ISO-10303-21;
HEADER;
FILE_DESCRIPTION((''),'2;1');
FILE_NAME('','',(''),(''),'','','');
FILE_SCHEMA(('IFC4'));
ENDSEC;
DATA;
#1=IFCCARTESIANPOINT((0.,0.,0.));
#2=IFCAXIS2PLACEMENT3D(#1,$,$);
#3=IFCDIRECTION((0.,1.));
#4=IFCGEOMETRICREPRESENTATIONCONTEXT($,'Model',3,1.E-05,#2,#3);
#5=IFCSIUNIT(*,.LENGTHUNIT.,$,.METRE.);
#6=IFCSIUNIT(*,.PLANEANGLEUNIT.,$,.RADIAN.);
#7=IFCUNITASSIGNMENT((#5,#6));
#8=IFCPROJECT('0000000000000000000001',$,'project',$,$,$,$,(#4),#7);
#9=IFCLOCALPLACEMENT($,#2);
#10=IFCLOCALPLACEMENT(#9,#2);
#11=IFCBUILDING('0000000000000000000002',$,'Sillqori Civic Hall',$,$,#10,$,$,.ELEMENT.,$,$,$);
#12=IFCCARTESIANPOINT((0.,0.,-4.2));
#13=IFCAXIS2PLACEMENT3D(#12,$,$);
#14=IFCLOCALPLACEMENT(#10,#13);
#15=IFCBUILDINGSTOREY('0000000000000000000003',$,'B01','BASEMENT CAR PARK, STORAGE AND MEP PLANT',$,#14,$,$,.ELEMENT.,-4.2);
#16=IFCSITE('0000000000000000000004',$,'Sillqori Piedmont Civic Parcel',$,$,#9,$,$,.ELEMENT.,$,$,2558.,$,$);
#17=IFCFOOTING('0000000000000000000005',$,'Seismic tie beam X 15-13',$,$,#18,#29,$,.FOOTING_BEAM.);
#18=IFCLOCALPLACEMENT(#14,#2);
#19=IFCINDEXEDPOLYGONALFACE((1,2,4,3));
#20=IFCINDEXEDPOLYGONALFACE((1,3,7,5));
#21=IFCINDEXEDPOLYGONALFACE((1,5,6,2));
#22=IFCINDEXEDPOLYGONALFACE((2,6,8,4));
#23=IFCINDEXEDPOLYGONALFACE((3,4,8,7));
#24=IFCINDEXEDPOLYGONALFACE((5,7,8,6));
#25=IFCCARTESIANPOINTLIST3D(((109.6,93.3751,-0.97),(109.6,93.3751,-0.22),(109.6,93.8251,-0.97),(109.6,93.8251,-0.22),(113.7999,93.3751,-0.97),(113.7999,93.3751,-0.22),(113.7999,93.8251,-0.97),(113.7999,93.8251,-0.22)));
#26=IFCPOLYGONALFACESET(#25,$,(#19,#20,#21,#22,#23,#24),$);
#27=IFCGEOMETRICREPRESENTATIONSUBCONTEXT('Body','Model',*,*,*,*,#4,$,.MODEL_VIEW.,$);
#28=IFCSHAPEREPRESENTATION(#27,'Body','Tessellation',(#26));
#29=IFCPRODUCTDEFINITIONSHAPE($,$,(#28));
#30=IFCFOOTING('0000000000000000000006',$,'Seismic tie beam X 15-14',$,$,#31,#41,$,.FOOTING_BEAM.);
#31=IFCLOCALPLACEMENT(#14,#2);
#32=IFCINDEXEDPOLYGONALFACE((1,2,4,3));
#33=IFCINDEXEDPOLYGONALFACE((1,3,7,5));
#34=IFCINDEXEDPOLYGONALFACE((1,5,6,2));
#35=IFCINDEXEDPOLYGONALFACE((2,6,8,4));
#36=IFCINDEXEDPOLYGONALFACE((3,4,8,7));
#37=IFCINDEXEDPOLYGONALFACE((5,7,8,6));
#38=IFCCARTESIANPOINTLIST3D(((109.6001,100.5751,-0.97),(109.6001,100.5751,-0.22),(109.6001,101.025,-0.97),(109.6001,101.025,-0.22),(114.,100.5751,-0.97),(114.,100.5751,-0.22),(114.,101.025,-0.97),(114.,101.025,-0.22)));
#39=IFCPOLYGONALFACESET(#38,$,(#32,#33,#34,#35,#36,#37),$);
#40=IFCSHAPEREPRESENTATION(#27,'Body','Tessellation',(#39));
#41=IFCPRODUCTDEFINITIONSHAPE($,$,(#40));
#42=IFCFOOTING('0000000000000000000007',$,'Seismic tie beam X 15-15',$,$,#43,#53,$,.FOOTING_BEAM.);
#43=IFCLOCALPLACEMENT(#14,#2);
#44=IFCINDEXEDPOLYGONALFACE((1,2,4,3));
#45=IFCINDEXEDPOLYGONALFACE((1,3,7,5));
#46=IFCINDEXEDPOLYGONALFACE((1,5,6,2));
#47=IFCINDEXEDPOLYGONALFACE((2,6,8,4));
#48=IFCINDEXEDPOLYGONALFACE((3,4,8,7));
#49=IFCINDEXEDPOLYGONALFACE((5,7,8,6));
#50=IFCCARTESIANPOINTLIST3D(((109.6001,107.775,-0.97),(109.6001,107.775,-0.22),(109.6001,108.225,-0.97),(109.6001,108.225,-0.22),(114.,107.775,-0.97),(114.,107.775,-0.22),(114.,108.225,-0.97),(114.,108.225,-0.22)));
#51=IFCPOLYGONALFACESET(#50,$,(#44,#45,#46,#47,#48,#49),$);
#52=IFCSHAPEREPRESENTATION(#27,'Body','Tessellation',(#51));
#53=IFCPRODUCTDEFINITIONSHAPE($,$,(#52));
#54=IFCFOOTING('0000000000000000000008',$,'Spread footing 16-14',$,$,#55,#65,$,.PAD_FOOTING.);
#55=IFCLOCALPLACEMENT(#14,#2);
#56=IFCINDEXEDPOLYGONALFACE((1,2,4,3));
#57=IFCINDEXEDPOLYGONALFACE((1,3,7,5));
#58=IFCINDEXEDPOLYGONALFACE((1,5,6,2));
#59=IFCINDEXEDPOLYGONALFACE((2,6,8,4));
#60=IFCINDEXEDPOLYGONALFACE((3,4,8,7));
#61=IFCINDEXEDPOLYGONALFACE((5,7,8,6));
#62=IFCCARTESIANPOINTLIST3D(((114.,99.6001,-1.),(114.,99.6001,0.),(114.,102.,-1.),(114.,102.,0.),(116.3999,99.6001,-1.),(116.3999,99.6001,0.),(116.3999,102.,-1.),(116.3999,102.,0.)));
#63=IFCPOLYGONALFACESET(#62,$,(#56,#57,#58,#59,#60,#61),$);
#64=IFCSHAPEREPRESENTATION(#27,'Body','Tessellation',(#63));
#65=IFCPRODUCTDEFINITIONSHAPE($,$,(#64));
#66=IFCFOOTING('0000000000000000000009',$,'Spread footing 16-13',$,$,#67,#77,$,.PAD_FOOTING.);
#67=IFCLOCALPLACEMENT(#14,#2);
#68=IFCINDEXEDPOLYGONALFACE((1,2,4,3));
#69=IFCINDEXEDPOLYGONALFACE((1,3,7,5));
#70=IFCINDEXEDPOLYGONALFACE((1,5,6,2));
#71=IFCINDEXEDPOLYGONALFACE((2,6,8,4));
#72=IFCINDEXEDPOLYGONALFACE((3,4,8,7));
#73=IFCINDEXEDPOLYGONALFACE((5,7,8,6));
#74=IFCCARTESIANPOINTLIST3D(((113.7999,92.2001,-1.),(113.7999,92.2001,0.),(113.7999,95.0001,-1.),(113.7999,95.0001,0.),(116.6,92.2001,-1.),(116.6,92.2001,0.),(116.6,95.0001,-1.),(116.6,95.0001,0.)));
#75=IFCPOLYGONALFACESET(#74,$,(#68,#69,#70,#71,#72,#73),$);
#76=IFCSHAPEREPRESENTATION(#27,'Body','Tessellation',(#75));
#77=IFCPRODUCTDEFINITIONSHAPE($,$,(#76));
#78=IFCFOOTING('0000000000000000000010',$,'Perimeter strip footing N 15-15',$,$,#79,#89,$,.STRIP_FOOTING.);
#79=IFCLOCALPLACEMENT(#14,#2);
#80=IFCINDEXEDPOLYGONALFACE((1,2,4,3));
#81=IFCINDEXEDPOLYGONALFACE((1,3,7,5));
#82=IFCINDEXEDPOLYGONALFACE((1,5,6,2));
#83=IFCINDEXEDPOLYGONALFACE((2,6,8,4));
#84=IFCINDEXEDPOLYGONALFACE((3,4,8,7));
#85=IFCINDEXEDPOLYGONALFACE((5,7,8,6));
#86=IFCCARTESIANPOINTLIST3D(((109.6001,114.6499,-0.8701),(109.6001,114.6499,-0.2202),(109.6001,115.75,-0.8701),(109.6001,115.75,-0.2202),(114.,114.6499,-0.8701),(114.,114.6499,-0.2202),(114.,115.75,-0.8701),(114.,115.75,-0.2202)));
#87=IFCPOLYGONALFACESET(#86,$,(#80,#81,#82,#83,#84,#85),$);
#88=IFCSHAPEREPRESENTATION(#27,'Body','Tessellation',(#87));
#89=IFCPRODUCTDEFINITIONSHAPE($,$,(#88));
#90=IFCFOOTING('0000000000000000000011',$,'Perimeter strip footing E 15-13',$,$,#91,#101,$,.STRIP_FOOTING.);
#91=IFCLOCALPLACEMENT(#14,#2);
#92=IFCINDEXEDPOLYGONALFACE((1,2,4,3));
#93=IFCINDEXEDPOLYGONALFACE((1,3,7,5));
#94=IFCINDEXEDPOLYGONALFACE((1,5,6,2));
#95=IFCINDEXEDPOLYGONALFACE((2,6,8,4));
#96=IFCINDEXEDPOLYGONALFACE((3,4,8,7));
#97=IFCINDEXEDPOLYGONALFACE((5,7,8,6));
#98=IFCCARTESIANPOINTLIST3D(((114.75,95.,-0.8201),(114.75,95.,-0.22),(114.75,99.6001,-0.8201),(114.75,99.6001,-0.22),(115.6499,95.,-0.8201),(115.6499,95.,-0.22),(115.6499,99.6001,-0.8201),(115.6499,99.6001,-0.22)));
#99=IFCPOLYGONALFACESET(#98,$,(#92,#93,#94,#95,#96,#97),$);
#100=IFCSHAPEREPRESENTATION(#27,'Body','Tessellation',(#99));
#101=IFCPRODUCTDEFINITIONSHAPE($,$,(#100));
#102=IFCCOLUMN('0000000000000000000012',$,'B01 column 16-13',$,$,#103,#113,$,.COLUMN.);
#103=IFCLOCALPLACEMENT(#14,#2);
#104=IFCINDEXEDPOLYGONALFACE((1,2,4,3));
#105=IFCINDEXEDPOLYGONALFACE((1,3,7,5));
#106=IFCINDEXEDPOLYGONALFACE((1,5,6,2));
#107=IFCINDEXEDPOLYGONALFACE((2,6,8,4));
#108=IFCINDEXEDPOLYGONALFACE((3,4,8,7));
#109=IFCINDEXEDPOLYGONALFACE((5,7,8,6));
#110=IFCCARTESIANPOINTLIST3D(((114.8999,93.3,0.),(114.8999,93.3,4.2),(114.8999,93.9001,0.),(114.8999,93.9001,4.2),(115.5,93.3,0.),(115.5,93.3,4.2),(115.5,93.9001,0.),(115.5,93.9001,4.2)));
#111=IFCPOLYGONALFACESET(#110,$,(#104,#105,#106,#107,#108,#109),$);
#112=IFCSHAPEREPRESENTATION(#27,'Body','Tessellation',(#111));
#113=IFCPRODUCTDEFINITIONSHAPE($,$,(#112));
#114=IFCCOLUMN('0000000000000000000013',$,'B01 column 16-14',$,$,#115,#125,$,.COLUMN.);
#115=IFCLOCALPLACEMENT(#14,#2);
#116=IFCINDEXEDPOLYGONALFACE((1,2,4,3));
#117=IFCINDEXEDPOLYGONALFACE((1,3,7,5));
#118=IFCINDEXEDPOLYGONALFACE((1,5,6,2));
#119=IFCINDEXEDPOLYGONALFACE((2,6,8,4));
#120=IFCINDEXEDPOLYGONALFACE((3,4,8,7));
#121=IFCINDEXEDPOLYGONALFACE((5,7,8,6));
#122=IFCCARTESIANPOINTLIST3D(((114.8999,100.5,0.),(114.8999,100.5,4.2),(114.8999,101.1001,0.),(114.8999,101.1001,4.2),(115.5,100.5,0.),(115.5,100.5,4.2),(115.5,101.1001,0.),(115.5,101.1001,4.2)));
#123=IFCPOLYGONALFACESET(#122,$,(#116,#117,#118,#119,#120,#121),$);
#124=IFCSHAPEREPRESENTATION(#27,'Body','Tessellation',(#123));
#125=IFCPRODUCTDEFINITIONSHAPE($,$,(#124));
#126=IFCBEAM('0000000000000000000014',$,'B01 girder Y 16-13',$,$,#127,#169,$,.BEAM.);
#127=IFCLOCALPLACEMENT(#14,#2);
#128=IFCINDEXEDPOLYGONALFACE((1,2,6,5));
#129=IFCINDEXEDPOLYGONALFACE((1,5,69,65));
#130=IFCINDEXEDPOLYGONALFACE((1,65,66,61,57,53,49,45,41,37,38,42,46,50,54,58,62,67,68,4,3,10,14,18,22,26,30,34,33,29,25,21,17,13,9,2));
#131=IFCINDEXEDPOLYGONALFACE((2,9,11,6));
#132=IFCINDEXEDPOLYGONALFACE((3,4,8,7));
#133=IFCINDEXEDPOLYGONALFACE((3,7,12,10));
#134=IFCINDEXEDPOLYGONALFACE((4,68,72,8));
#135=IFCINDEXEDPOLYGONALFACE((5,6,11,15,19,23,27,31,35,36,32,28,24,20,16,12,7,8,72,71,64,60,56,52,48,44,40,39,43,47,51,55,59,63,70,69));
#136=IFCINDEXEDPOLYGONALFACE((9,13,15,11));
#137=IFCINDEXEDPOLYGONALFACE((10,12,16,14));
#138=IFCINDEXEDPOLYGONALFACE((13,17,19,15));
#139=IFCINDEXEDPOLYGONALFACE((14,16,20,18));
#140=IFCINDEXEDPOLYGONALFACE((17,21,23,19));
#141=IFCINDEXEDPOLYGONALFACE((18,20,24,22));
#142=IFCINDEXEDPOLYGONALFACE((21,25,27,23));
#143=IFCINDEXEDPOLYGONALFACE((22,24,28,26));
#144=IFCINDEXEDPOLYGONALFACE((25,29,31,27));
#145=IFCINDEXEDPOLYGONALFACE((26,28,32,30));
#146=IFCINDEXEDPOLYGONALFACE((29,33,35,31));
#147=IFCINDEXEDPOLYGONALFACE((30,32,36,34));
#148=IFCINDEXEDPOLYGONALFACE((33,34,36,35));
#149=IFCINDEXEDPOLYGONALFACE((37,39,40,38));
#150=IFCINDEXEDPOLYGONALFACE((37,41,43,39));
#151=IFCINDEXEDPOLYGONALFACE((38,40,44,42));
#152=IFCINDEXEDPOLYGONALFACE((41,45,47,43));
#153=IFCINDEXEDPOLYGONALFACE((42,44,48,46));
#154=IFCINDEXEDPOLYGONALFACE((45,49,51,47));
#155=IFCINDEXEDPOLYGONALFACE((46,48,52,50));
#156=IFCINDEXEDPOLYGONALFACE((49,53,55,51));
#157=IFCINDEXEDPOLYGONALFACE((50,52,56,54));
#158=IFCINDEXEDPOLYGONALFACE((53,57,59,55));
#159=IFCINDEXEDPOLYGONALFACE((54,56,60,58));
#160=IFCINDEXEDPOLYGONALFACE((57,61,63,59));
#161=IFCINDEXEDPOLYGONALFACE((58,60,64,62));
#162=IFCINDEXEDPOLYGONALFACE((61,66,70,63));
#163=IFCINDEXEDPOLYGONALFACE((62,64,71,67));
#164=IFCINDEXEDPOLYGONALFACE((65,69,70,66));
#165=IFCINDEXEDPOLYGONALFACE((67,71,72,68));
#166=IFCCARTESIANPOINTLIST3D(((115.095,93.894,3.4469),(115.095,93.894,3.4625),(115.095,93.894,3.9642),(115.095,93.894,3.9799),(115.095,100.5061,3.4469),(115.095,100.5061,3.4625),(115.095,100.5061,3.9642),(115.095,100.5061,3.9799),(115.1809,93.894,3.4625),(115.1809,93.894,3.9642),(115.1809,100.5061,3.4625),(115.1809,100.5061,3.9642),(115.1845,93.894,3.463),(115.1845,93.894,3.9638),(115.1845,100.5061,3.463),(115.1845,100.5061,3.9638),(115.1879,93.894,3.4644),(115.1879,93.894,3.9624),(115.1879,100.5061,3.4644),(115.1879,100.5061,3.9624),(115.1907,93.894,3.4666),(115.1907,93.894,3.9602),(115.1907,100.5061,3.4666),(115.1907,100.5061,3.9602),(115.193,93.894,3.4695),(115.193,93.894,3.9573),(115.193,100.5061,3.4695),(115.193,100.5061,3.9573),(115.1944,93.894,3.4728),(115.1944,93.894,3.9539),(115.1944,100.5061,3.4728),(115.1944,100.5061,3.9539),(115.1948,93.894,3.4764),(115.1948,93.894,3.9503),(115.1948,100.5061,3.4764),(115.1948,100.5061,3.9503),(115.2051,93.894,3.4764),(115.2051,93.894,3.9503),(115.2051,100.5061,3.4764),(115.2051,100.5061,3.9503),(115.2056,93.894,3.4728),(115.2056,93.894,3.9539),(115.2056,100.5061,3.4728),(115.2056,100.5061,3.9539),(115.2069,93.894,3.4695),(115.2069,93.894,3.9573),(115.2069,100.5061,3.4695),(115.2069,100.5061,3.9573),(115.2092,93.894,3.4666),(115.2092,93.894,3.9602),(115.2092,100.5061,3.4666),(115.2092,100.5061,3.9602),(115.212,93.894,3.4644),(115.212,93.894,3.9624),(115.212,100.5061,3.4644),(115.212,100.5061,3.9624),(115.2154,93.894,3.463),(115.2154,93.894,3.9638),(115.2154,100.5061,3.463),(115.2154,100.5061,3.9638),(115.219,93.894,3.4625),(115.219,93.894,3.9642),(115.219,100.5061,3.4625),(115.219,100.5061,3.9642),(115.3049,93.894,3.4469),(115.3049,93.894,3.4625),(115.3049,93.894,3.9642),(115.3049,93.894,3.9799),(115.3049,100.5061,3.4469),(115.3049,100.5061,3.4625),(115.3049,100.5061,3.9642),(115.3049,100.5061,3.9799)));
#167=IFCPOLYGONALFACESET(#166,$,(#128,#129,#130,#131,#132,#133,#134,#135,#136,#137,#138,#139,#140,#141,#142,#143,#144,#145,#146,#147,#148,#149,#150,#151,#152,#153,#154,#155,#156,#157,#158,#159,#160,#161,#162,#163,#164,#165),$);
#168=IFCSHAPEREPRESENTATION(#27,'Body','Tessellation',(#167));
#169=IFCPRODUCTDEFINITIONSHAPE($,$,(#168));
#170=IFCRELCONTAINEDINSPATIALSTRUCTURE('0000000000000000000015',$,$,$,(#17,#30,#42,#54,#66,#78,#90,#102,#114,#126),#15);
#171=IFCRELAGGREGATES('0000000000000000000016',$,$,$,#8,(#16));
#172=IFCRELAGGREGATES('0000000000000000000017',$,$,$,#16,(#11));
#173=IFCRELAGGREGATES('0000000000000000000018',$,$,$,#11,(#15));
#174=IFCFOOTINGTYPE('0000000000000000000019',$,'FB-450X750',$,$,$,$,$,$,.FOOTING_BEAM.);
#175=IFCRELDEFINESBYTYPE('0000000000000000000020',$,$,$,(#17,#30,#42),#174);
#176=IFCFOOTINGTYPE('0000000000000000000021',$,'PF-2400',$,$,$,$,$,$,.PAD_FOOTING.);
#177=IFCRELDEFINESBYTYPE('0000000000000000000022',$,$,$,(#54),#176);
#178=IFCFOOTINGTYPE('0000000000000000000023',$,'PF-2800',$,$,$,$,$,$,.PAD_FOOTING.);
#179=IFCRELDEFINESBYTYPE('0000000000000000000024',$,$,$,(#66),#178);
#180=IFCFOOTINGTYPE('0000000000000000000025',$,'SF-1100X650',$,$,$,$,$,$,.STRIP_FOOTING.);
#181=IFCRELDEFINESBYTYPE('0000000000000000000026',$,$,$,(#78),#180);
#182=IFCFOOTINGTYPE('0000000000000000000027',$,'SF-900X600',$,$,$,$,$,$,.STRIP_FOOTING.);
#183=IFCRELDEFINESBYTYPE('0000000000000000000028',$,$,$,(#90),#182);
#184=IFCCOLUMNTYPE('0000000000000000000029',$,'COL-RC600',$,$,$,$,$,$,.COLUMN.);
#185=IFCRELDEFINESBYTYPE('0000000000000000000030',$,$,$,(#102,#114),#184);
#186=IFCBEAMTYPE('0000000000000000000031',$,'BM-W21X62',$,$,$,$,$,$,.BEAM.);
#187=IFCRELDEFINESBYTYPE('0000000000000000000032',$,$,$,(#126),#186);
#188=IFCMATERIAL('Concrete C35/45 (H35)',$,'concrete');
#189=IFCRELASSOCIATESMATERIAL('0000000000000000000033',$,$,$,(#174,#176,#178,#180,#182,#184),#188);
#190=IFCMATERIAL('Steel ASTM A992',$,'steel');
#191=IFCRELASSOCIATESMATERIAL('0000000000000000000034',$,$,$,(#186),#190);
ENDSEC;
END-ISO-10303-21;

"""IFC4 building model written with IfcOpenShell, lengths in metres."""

from ifc_helpers import new_model, si_unit, direction, frame, origin, origin_2d, place, context, subcontext, project, spatial, rectangle, i_section, extrude, material, material_profile, profile_set, type_object, element, save


model = new_model("IFC4")

# Units and contexts
model_context = context("Model", 3, precision=1e-05, world=origin(), true_north=direction((0.0, 1.0)))
body_context = subcontext(model_context, "Body", "Model", "MODEL_VIEW")
ifc_project = project(units=[si_unit("LENGTHUNIT", "METRE"), si_unit("PLANEANGLEUNIT", "RADIAN")], contexts=[model_context])

# Site, building, storey
site_placement = place(None, origin())
site = spatial("IfcSite", under=ifc_project, at=site_placement, Name="Sillqori Piedmont Civic Parcel", CompositionType="ELEMENT", RefElevation=2558.0)
building_placement = place(site_placement, origin())
building = spatial("IfcBuilding", under=site, at=building_placement, Name="Sillqori Civic Hall", CompositionType="ELEMENT")
storey_placement = place(building_placement, frame((0.0, 0.0, -4.2)))
storey = spatial("IfcBuildingStorey", under=building, at=storey_placement, Name="B01", Description="BASEMENT CAR PARK, STORAGE AND MEP PLANT", CompositionType="ELEMENT", Elevation=-4.2)

# Footings
ifc_material_1 = material(Name="Concrete C35/45 (H35)", Category="concrete")
footing_type_1 = type_object("IfcFootingType", Name="FB-450X750", PredefinedType="FOOTING_BEAM", material=ifc_material_1)
footing_1_placement = place(storey_placement, frame((111.7, 93.6001, -0.97), z_axis=(0.0, 0.0, 1.0), x_axis=(1.0, 0.0, 0.0)))
element("IfcFooting", 1, at=footing_1_placement, inside=storey, type_object=footing_type_1, Name="Seismic tie beam X 15-13", PredefinedType="FOOTING_BEAM", context=body_context, shape_type="SweptSolid", body=[
    extrude(rectangle(XDim=4.2, YDim=0.45, at=origin_2d()), origin(), (0.0, 0.0, 1.0), 0.75),
])
for number, where, z_axis, x_axis, name in (
    (2, (111.8, 100.8, -0.97), (0.0, 0.0, 1.0), (1.0, 0.0, 0.0), "Seismic tie beam X 15-14"),
    (3, (111.8, 108.0, -0.97), (0.0, 0.0, 1.0), (1.0, 0.0, 0.0), "Seismic tie beam X 15-15"),
):
    element("IfcFooting", number, at=place(storey_placement, frame(where, z_axis=z_axis, x_axis=x_axis)), inside=storey, type_object=footing_type_1, Name=name, PredefinedType="FOOTING_BEAM", context=body_context, shape_type="SweptSolid", body=[
        extrude(rectangle(XDim=4.3999, YDim=0.45, at=origin_2d()), origin(), (0.0, 0.0, 1.0), 0.75),
    ])
footing_type_2 = type_object("IfcFootingType", Name="PF-2400", PredefinedType="PAD_FOOTING", material=ifc_material_1)
footing_2_placement = place(storey_placement, frame((115.2, 100.8, -1.0), z_axis=(0.0, 0.0, 1.0), x_axis=(1.0, 0.0, 0.0)))
element("IfcFooting", 4, at=footing_2_placement, inside=storey, type_object=footing_type_2, Name="Spread footing 16-14", PredefinedType="PAD_FOOTING", context=body_context, shape_type="SweptSolid", body=[
    extrude(rectangle(XDim=2.3999, YDim=2.3999, at=origin_2d()), origin(), (0.0, 0.0, 1.0), 1.0),
])
footing_type_3 = type_object("IfcFootingType", Name="PF-2800", PredefinedType="PAD_FOOTING", material=ifc_material_1)
footing_3_placement = place(storey_placement, frame((115.2, 93.6001, -1.0), z_axis=(0.0, 0.0, 1.0), x_axis=(1.0, 0.0, 0.0)))
element("IfcFooting", 5, at=footing_3_placement, inside=storey, type_object=footing_type_3, Name="Spread footing 16-13", PredefinedType="PAD_FOOTING", context=body_context, shape_type="SweptSolid", body=[
    extrude(rectangle(XDim=2.8, YDim=2.8, at=origin_2d()), origin(), (0.0, 0.0, 1.0), 1.0),
])
footing_type_4 = type_object("IfcFootingType", Name="SF-1100X650", PredefinedType="STRIP_FOOTING", material=ifc_material_1)
footing_4_placement = place(storey_placement, frame((111.8, 115.2, -0.8701), z_axis=(0.0, 0.0, 1.0), x_axis=(1.0, 0.0, 0.0)))
element("IfcFooting", 6, at=footing_4_placement, inside=storey, type_object=footing_type_4, Name="Perimeter strip footing N 15-15", PredefinedType="STRIP_FOOTING", context=body_context, shape_type="SweptSolid", body=[
    extrude(rectangle(XDim=4.3999, YDim=1.1001, at=origin_2d()), origin(), (0.0, 0.0, 1.0), 0.6499),
])
footing_type_5 = type_object("IfcFootingType", Name="SF-900X600", PredefinedType="STRIP_FOOTING", material=ifc_material_1)
footing_5_placement = place(storey_placement, frame((115.2, 97.3, -0.8201), z_axis=(0.0, 0.0, 1.0), x_axis=(1.0, 0.0, 0.0)))
element("IfcFooting", 7, at=footing_5_placement, inside=storey, type_object=footing_type_5, Name="Perimeter strip footing E 15-13", PredefinedType="STRIP_FOOTING", context=body_context, shape_type="SweptSolid", body=[
    extrude(rectangle(XDim=0.8999, YDim=4.6001, at=origin_2d()), origin(), (0.0, 0.0, 1.0), 0.6001),
])

# Columns
ifc_material_profile_1 = material_profile(ifc_material_1, rectangle(XDim=0.6001, YDim=0.6001, at=origin_2d()), Name="RC 600x600")
ifc_profile_set_1 = profile_set([ifc_material_profile_1], Name="Concrete C35/45 (H35)")
column_type = type_object("IfcColumnType", Name="COL-RC600", PredefinedType="COLUMN", material=ifc_profile_set_1)
for number, where, z_axis, x_axis, name in (
    (8, (115.2, 93.6001, 0.0), (0.0, 0.0, 1.0), (1.0, 0.0, 0.0), "B01 column 16-13"),
    (9, (115.2, 100.8, 0.0), (0.0, 0.0, 1.0), (1.0, 0.0, 0.0), "B01 column 16-14"),
):
    element("IfcColumn", number, at=place(storey_placement, frame(where, z_axis=z_axis, x_axis=x_axis)), inside=storey, type_object=column_type, Name=name, PredefinedType="COLUMN", context=body_context, shape_type="SweptSolid", body=[
        extrude(rectangle(XDim=0.6001, YDim=0.6001, at=origin_2d()), origin(), (0.0, 0.0, 1.0), 4.2),
    ])

# Beam
ifc_material_2 = material(Name="Steel ASTM A992", Category="steel")
ifc_material_profile_2 = material_profile(ifc_material_2, i_section(OverallWidth=0.21, OverallDepth=0.533, WebThickness=0.0103, FlangeThickness=0.0156, FilletRadius=0.0139, at=origin_2d()), Name="W21X62")
ifc_profile_set_2 = profile_set([ifc_material_profile_2], Name="Steel ASTM A992")
beam_type_1 = type_object("IfcBeamType", Name="BM-W21X62", PredefinedType="BEAM", material=ifc_profile_set_2)
for number, where, z_axis, x_axis, name in (
    (10, (115.2, 93.894, 3.7134), (0.0, 1.0, 0.0), (-1.0, 0.0, 0.0), "B01 girder Y 16-13"),
):
    element("IfcBeam", number, at=place(storey_placement, frame(where, z_axis=z_axis, x_axis=x_axis)), inside=storey, type_object=beam_type_1, Name=name, PredefinedType="BEAM", context=body_context, shape_type="SweptSolid", body=[
        extrude(i_section(OverallWidth=0.21, OverallDepth=0.533, WebThickness=0.0103, FlangeThickness=0.0156, FilletRadius=0.0139, at=origin_2d()), origin(), (0.0, 0.0, 1.0), 6.6121),
    ])

save(model, "model.ifc")
